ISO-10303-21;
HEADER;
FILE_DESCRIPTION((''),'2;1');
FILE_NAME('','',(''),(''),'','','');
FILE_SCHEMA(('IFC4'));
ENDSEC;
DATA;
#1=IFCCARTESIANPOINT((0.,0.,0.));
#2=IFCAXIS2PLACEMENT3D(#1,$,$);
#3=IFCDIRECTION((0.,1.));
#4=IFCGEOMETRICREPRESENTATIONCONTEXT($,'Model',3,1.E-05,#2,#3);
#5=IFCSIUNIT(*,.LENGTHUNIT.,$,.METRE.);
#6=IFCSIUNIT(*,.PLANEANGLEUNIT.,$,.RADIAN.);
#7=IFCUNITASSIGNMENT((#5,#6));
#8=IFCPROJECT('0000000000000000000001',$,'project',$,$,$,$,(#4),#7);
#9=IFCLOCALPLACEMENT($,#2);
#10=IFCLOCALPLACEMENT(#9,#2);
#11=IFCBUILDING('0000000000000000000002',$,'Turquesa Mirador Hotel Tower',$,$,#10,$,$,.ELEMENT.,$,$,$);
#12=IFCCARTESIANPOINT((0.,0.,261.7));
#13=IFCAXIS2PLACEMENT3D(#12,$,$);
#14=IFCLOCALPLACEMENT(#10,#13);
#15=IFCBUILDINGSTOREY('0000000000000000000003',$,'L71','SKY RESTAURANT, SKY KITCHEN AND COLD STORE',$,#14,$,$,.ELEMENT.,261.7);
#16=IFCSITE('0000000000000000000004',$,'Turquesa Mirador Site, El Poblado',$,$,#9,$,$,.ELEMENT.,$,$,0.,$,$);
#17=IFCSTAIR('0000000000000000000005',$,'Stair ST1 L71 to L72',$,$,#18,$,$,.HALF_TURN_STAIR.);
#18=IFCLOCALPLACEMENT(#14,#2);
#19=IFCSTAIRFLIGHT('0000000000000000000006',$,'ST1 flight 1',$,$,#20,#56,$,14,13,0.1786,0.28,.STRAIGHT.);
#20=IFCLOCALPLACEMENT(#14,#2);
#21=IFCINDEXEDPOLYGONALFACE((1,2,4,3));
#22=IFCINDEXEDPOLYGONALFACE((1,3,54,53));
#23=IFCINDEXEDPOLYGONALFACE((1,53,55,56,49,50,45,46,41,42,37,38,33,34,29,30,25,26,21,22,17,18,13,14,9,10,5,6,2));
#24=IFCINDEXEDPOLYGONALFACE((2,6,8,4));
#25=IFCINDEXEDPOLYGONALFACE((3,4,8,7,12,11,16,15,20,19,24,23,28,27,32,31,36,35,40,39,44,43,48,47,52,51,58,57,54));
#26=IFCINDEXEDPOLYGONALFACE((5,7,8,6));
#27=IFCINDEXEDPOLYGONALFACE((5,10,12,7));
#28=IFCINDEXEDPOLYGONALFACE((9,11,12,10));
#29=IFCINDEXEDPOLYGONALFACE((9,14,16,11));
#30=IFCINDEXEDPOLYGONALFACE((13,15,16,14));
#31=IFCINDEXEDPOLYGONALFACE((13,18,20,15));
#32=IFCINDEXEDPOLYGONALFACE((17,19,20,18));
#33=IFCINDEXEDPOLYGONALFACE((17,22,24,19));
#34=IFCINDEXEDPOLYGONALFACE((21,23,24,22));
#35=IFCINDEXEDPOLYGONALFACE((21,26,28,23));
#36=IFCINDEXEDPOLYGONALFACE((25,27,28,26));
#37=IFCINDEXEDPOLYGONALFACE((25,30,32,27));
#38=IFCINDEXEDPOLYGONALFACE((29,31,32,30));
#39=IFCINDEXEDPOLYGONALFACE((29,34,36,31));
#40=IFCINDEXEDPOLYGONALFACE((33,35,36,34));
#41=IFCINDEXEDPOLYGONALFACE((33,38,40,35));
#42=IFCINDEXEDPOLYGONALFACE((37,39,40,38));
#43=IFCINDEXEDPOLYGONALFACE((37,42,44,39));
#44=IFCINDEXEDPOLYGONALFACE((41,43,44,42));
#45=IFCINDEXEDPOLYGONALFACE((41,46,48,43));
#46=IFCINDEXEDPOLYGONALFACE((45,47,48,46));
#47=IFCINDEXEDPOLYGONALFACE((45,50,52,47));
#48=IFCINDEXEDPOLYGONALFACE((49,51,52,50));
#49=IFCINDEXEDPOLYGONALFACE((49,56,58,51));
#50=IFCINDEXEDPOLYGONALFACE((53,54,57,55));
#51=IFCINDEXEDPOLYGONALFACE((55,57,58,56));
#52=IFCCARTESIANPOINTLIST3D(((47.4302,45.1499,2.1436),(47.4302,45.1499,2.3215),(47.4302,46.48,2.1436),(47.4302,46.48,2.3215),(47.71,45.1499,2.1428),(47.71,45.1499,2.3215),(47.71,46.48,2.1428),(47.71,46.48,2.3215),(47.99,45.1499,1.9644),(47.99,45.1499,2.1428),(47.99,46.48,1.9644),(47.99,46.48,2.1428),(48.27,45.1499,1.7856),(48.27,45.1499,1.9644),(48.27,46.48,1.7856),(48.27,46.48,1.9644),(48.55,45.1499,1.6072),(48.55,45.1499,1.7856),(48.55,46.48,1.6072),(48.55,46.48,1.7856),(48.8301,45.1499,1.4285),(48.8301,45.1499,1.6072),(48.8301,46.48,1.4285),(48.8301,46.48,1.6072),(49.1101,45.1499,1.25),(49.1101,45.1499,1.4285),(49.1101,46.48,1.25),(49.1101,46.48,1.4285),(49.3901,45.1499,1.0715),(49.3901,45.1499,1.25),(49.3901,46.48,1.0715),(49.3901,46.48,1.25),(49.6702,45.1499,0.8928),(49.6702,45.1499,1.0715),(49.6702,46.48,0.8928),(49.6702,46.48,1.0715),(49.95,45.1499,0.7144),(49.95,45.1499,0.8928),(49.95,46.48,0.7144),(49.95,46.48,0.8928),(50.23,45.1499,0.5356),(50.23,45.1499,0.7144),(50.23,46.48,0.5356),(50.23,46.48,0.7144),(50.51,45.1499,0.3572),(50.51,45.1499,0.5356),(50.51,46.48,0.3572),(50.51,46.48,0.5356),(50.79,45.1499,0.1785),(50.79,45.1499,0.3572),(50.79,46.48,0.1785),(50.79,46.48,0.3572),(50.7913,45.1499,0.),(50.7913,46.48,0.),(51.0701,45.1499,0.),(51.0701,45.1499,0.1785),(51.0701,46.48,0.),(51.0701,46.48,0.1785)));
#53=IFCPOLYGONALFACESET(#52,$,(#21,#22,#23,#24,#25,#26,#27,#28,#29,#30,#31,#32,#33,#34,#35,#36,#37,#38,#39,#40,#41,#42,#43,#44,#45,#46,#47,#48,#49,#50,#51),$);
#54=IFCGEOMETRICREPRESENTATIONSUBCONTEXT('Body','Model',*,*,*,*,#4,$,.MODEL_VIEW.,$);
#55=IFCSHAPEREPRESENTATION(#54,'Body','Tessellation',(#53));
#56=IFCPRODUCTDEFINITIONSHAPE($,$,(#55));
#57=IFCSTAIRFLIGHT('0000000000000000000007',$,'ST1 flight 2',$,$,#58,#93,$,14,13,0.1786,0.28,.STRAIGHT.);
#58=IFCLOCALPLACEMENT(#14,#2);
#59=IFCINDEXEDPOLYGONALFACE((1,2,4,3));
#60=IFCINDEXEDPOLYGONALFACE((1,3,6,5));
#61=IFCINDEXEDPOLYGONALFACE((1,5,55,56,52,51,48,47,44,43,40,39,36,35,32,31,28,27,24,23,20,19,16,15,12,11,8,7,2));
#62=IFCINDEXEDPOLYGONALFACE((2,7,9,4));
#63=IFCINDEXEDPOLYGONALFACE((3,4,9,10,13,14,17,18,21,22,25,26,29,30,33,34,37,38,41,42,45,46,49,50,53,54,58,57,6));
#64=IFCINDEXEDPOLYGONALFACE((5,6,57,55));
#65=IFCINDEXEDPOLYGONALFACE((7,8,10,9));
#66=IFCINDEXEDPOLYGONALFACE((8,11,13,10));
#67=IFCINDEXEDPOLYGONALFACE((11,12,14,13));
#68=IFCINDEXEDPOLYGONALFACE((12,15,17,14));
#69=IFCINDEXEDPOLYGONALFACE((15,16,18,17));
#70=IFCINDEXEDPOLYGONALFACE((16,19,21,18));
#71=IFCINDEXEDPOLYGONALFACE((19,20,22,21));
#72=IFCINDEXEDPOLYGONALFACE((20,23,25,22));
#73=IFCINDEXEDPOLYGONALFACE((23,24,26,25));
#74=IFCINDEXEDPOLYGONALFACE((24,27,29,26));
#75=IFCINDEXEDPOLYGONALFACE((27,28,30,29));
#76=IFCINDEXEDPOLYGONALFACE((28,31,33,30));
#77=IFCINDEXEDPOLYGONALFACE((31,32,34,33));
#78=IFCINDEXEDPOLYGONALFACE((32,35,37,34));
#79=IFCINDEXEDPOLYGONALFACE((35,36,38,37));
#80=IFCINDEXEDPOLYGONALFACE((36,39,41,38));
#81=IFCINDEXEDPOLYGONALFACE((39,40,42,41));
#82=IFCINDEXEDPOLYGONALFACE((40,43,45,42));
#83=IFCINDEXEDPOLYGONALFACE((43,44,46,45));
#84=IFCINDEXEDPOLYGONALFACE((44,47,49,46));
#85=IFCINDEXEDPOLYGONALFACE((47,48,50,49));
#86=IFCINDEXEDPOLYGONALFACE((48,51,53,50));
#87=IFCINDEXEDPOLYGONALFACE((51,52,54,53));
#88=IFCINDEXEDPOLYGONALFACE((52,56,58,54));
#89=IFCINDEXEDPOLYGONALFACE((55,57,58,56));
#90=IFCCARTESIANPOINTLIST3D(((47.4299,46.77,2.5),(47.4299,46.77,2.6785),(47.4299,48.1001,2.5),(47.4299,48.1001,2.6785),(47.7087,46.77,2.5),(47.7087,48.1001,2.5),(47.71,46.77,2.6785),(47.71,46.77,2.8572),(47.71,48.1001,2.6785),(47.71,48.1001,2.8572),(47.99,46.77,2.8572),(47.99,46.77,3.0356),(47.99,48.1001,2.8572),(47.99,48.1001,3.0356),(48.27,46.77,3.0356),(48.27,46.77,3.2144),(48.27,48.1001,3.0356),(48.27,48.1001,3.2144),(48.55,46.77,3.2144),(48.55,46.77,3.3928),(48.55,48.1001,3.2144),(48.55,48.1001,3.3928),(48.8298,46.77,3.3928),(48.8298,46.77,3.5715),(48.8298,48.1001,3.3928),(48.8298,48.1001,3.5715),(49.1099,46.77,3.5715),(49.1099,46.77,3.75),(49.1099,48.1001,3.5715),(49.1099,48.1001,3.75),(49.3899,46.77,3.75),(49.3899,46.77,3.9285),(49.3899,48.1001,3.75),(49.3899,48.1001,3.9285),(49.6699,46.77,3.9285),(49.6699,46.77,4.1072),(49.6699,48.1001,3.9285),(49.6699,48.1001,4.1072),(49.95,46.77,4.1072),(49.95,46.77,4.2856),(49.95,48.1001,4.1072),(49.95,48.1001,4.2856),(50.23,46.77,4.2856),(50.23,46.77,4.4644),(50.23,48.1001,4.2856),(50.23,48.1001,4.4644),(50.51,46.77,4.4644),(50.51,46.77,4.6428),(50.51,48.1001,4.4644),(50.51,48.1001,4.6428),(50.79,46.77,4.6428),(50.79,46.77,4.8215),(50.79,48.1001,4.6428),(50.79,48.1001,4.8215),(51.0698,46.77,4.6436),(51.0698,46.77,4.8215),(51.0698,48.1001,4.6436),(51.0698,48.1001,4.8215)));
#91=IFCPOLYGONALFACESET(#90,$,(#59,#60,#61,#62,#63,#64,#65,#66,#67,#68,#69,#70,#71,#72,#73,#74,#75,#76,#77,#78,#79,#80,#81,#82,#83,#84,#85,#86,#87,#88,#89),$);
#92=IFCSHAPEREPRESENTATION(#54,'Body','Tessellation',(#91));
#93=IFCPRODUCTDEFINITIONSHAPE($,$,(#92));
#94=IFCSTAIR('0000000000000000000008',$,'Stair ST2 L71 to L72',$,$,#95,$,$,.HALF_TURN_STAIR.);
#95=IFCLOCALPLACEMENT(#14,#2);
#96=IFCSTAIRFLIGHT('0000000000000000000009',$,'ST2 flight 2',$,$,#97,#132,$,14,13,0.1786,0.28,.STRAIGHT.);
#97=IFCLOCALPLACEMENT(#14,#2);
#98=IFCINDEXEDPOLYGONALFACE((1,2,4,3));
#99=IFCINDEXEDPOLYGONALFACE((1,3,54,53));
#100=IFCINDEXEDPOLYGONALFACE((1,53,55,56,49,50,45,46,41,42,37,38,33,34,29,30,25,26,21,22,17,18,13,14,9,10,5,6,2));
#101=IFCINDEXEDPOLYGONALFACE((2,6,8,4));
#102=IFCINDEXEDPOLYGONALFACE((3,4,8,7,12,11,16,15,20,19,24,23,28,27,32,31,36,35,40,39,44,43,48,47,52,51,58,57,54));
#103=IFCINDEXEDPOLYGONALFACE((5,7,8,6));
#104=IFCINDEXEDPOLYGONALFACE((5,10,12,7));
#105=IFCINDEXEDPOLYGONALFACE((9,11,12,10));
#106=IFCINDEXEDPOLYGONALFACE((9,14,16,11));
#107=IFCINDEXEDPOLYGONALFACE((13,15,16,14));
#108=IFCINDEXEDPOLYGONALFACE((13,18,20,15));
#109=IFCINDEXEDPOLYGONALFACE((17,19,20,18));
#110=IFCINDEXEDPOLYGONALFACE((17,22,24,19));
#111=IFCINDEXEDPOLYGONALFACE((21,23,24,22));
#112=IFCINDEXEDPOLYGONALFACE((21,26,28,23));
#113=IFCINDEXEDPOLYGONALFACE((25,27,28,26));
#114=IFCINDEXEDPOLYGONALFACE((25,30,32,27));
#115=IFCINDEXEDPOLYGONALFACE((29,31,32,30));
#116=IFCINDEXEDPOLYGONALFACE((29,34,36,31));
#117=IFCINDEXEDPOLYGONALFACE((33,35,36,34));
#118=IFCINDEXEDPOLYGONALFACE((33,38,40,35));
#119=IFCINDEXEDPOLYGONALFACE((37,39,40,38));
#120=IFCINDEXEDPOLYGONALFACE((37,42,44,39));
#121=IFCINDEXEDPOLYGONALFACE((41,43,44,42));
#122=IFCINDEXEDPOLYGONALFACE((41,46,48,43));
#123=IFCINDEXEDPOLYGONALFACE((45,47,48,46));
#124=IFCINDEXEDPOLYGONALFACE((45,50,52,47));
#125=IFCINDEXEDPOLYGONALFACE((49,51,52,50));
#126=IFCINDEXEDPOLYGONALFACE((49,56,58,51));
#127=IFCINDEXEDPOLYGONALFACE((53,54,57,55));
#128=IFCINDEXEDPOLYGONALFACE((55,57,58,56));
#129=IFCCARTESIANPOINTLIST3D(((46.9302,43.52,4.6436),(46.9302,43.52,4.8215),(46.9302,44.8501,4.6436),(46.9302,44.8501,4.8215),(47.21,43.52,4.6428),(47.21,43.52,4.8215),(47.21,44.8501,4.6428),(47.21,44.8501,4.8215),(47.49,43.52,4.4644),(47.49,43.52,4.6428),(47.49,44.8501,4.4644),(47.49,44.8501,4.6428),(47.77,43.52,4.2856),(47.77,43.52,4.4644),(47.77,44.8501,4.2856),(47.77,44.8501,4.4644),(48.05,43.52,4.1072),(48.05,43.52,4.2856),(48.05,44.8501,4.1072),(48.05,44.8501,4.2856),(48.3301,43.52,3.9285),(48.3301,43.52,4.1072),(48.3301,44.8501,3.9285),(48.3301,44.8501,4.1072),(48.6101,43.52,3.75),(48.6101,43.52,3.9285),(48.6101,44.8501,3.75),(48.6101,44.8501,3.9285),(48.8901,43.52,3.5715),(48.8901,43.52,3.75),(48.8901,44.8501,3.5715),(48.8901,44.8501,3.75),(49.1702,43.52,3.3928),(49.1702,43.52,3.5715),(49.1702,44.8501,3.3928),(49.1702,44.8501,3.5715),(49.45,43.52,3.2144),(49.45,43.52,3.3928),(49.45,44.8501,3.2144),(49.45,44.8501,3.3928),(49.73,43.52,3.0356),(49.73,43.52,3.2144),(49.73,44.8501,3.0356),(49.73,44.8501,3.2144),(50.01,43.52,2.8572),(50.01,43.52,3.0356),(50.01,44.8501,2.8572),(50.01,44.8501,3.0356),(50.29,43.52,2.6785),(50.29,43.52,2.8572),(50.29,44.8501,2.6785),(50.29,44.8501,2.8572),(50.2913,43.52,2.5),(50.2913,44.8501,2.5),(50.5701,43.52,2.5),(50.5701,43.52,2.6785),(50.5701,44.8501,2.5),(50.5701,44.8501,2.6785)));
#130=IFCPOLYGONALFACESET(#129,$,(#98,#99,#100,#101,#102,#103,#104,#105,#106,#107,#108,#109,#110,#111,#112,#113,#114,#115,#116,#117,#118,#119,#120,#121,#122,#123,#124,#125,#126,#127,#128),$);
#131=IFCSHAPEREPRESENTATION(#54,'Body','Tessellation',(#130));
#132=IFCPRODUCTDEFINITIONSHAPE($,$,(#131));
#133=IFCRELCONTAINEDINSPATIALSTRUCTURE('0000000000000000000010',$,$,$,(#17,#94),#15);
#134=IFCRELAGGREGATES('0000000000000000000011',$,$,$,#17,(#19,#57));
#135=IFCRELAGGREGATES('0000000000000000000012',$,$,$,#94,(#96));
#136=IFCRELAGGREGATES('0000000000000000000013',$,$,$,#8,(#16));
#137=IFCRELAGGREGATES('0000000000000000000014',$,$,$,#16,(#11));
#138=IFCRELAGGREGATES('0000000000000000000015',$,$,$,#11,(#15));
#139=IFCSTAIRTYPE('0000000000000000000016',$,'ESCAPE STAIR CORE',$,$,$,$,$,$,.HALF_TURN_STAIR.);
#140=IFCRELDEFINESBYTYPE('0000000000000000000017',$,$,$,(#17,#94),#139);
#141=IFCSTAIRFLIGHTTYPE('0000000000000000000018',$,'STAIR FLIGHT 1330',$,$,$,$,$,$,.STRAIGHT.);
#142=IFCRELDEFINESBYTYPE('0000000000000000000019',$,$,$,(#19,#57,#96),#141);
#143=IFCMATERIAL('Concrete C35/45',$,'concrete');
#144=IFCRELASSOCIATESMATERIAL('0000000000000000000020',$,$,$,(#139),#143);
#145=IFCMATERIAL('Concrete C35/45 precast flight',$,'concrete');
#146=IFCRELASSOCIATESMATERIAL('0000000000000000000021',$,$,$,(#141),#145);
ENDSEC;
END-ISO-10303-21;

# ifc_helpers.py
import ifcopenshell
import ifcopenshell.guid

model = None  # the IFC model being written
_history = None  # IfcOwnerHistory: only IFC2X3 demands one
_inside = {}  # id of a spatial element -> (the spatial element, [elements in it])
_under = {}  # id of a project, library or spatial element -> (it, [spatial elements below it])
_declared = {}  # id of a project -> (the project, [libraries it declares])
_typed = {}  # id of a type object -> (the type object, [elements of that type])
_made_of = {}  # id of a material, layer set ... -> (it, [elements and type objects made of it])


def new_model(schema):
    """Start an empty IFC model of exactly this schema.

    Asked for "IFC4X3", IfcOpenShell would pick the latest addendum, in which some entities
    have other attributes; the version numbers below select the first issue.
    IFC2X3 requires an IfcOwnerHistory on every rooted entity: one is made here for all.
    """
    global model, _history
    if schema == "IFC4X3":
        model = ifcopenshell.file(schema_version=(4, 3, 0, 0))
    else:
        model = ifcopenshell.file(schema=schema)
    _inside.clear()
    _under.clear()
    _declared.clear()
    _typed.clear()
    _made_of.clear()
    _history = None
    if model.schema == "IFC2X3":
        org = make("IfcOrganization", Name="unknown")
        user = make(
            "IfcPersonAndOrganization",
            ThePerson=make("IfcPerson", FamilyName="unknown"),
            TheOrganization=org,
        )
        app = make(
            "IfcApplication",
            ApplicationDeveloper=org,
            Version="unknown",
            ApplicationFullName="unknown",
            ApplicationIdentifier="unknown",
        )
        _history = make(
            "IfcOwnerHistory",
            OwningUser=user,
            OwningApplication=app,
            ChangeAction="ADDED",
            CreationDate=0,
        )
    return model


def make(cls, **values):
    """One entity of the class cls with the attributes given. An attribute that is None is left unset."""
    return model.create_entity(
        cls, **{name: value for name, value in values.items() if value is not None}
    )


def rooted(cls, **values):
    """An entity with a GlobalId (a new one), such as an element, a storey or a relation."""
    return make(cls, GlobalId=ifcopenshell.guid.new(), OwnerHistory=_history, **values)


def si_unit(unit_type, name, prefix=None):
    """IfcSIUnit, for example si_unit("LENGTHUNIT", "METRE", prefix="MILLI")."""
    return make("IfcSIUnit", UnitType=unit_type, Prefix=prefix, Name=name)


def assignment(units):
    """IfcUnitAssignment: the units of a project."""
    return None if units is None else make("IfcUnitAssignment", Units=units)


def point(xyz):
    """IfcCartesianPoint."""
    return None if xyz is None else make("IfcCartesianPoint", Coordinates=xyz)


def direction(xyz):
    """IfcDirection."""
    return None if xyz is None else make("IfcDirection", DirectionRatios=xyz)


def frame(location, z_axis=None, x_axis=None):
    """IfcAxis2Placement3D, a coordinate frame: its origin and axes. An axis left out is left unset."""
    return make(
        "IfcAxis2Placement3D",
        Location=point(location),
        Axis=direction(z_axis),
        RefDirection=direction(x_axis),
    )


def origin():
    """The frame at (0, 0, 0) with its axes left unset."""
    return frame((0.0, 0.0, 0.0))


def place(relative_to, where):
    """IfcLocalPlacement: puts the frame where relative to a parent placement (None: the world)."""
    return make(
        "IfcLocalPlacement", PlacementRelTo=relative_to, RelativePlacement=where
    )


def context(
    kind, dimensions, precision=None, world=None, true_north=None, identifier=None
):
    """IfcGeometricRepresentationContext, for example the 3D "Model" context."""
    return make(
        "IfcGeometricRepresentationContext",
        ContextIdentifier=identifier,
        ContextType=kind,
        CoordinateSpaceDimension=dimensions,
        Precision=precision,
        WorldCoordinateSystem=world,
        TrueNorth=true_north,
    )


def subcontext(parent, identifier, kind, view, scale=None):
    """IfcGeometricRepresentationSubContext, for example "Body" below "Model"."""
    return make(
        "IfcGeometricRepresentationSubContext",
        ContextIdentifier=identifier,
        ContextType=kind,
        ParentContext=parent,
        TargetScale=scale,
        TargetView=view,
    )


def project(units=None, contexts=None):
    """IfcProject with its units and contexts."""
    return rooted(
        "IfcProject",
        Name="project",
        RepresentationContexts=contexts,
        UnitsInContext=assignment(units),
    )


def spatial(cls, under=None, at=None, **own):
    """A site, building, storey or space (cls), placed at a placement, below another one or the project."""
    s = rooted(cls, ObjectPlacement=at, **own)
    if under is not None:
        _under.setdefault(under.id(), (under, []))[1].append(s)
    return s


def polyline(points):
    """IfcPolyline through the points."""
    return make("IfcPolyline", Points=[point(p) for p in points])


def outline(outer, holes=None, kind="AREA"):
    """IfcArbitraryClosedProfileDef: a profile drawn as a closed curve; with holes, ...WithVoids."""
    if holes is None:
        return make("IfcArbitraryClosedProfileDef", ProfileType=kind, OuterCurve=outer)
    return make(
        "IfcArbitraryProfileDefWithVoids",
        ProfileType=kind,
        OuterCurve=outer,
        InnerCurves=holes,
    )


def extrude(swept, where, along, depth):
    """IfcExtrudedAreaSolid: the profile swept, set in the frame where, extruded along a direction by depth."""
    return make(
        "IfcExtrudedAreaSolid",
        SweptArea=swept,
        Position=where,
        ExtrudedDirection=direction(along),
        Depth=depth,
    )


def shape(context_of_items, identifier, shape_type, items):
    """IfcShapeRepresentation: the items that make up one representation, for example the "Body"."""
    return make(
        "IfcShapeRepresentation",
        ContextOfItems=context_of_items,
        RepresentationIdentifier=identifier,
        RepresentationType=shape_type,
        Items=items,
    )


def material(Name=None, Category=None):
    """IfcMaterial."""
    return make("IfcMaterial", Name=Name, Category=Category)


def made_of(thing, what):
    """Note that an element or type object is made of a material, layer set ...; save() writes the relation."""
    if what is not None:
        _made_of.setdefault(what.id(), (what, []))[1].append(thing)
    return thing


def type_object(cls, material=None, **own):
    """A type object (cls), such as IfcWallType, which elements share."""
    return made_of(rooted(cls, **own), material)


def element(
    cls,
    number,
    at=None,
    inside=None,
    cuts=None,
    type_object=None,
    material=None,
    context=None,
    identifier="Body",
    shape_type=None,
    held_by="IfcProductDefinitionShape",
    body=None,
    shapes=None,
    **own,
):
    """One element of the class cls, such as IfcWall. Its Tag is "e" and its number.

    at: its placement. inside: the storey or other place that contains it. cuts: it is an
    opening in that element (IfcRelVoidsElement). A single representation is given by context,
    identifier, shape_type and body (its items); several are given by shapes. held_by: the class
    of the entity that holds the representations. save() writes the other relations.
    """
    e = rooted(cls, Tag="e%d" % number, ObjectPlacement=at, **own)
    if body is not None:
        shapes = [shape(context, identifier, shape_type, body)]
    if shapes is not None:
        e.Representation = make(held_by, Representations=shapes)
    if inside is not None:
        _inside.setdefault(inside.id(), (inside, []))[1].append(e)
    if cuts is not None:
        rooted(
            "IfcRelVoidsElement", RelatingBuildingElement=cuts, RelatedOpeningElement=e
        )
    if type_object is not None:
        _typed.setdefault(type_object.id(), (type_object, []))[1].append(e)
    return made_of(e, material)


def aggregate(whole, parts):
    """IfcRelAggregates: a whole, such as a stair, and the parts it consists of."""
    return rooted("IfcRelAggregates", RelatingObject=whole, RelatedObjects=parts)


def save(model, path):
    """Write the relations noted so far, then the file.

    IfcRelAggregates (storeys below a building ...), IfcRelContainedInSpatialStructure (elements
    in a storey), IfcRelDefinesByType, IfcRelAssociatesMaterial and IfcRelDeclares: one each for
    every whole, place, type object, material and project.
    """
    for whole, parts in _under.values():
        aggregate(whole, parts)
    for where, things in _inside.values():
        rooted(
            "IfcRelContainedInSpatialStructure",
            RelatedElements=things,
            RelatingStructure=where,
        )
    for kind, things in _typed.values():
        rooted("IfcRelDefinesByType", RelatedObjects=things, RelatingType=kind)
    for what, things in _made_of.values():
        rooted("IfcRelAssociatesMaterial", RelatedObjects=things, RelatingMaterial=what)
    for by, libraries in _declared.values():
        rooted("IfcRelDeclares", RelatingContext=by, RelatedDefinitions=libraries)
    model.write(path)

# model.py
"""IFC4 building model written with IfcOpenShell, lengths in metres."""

from ifc_helpers import new_model, si_unit, direction, frame, origin, place, context, subcontext, project, spatial, polyline, outline, extrude, material, type_object, element, aggregate, save


model = new_model("IFC4")

# Units and contexts
model_context = context("Model", 3, precision=1e-05, world=origin(), true_north=direction((0.0, 1.0)))
body_context = subcontext(model_context, "Body", "Model", "MODEL_VIEW")
ifc_project = project(units=[si_unit("LENGTHUNIT", "METRE"), si_unit("PLANEANGLEUNIT", "RADIAN")], contexts=[model_context])

# Site, building, storey
site_placement = place(None, origin())
site = spatial("IfcSite", under=ifc_project, at=site_placement, Name="Turquesa Mirador Site, El Poblado", CompositionType="ELEMENT", RefElevation=0.0)
building_placement = place(site_placement, origin())
building = spatial("IfcBuilding", under=site, at=building_placement, Name="Turquesa Mirador Hotel Tower", CompositionType="ELEMENT")
storey_placement = place(building_placement, frame((0.0, 0.0, 261.7)))
storey = spatial("IfcBuildingStorey", under=building, at=storey_placement, Name="L71", Description="SKY RESTAURANT, SKY KITCHEN AND COLD STORE", CompositionType="ELEMENT", Elevation=261.7)

# Stair, stair flights
ifc_material_1 = material(Name="Concrete C35/45", Category="concrete")
stair_type = type_object("IfcStairType", Name="ESCAPE STAIR CORE", PredefinedType="HALF_TURN_STAIR", material=ifc_material_1)
stair_1_placement = place(storey_placement, origin())
stair_1 = element("IfcStair", 1, at=stair_1_placement, inside=storey, type_object=stair_type, Name="Stair ST1 L71 to L72", PredefinedType="HALF_TURN_STAIR")
ifc_material_2 = material(Name="Concrete C35/45 precast flight", Category="concrete")
stair_flight_type = type_object("IfcStairFlightType", Name="STAIR FLIGHT 1330", PredefinedType="STRAIGHT", material=ifc_material_2)
stair_flight_1_placement = place(storey_placement, frame((51.0701, 45.8149, 0.0), z_axis=(0.0, 0.0, 1.0), x_axis=(-1.0, 0.0, 0.0)))
stair_flight_1 = element("IfcStairFlight", 2, at=stair_flight_1_placement, type_object=stair_flight_type, Name="ST1 flight 1", NumberOfRisers=14, NumberOfTreads=13, PredefinedType="STRAIGHT", RiserHeight=0.1786, TreadLength=0.28, context=body_context, shape_type="SweptSolid", body=[
    extrude(outline(polyline([(0.0, 0.0), (0.0, 0.1785), (0.28, 0.1785), (0.28, 0.3572), (0.5601, 0.3572), (0.5601, 0.5356), (0.8401, 0.5356), (0.8401, 0.7144), (1.1201, 0.7144), (1.1201, 0.8928), (1.3999, 0.8928), (1.3999, 1.0715), (1.6799, 1.0715), (1.6799, 1.25), (1.96, 1.25), (1.96, 1.4285), (2.24, 1.4285), (2.24, 1.6072), (2.52, 1.6072), (2.52, 1.7856), (2.8, 1.7856), (2.8, 1.9644), (3.0801, 1.9644), (3.0801, 2.1428), (3.3601, 2.1428), (3.3601, 2.3215), (3.6399, 2.3215), (3.6399, 2.5), (3.6399, 2.1436), (0.2788, 0.0), (0.0, 0.0)])), frame((0.0, 0.665, 0.0), z_axis=(0.0, -1.0, 0.0), x_axis=(1.0, 0.0, 0.0)), (0.0, 0.0, 1.0), 1.3301),
])
stair_flight_2_placement = place(storey_placement, frame((47.4299, 47.4351, 2.5), z_axis=(0.0, 0.0, 1.0), x_axis=(1.0, 0.0, 0.0)))
stair_flight_2 = element("IfcStairFlight", 3, at=stair_flight_2_placement, type_object=stair_flight_type, Name="ST1 flight 2", NumberOfRisers=14, NumberOfTreads=13, PredefinedType="STRAIGHT", RiserHeight=0.1786, TreadLength=0.28, context=body_context, shape_type="SweptSolid", body=[
    extrude(outline(polyline([(0.0, 0.0), (0.0, 0.1785), (0.28, 0.1785), (0.28, 0.3572), (0.5601, 0.3572), (0.5601, 0.5356), (0.8401, 0.5356), (0.8401, 0.7144), (1.1201, 0.7144), (1.1201, 0.8928), (1.3999, 0.8928), (1.3999, 1.0715), (1.6799, 1.0715), (1.6799, 1.25), (1.96, 1.25), (1.96, 1.4285), (2.24, 1.4285), (2.24, 1.6072), (2.52, 1.6072), (2.52, 1.7856), (2.8, 1.7856), (2.8, 1.9644), (3.0801, 1.9644), (3.0801, 2.1428), (3.3601, 2.1428), (3.3601, 2.3215), (3.6399, 2.3215), (3.6399, 2.5), (3.6399, 2.1436), (0.2788, 0.0), (0.0, 0.0)])), frame((0.0, 0.665, 0.0), z_axis=(0.0, -1.0, 0.0), x_axis=(1.0, 0.0, 0.0)), (0.0, 0.0, 1.0), 1.3301),
])
aggregate(stair_1, [stair_flight_1, stair_flight_2])

# Stair, stair flight
stair_2_placement = place(storey_placement, origin())
stair_2 = element("IfcStair", 4, at=stair_2_placement, inside=storey, type_object=stair_type, Name="Stair ST2 L71 to L72", PredefinedType="HALF_TURN_STAIR")
stair_flight_3_placement = place(storey_placement, frame((50.5701, 44.1851, 2.5), z_axis=(0.0, 0.0, 1.0), x_axis=(-1.0, 0.0, 0.0)))
stair_flight_3 = element("IfcStairFlight", 5, at=stair_flight_3_placement, type_object=stair_flight_type, Name="ST2 flight 2", NumberOfRisers=14, NumberOfTreads=13, PredefinedType="STRAIGHT", RiserHeight=0.1786, TreadLength=0.28, context=body_context, shape_type="SweptSolid", body=[
    extrude(outline(polyline([(0.0, 0.0), (0.0, 0.1785), (0.28, 0.1785), (0.28, 0.3572), (0.5601, 0.3572), (0.5601, 0.5356), (0.8401, 0.5356), (0.8401, 0.7144), (1.1201, 0.7144), (1.1201, 0.8928), (1.3999, 0.8928), (1.3999, 1.0715), (1.6799, 1.0715), (1.6799, 1.25), (1.96, 1.25), (1.96, 1.4285), (2.24, 1.4285), (2.24, 1.6072), (2.52, 1.6072), (2.52, 1.7856), (2.8, 1.7856), (2.8, 1.9644), (3.0801, 1.9644), (3.0801, 2.1428), (3.3601, 2.1428), (3.3601, 2.3215), (3.6399, 2.3215), (3.6399, 2.5), (3.6399, 2.1436), (0.2788, 0.0), (0.0, 0.0)])), frame((0.0, 0.665, 0.0), z_axis=(0.0, -1.0, 0.0), x_axis=(1.0, 0.0, 0.0)), (0.0, 0.0, 1.0), 1.3301),
])
aggregate(stair_2, [stair_flight_3])

save(model, "model.ifc")
